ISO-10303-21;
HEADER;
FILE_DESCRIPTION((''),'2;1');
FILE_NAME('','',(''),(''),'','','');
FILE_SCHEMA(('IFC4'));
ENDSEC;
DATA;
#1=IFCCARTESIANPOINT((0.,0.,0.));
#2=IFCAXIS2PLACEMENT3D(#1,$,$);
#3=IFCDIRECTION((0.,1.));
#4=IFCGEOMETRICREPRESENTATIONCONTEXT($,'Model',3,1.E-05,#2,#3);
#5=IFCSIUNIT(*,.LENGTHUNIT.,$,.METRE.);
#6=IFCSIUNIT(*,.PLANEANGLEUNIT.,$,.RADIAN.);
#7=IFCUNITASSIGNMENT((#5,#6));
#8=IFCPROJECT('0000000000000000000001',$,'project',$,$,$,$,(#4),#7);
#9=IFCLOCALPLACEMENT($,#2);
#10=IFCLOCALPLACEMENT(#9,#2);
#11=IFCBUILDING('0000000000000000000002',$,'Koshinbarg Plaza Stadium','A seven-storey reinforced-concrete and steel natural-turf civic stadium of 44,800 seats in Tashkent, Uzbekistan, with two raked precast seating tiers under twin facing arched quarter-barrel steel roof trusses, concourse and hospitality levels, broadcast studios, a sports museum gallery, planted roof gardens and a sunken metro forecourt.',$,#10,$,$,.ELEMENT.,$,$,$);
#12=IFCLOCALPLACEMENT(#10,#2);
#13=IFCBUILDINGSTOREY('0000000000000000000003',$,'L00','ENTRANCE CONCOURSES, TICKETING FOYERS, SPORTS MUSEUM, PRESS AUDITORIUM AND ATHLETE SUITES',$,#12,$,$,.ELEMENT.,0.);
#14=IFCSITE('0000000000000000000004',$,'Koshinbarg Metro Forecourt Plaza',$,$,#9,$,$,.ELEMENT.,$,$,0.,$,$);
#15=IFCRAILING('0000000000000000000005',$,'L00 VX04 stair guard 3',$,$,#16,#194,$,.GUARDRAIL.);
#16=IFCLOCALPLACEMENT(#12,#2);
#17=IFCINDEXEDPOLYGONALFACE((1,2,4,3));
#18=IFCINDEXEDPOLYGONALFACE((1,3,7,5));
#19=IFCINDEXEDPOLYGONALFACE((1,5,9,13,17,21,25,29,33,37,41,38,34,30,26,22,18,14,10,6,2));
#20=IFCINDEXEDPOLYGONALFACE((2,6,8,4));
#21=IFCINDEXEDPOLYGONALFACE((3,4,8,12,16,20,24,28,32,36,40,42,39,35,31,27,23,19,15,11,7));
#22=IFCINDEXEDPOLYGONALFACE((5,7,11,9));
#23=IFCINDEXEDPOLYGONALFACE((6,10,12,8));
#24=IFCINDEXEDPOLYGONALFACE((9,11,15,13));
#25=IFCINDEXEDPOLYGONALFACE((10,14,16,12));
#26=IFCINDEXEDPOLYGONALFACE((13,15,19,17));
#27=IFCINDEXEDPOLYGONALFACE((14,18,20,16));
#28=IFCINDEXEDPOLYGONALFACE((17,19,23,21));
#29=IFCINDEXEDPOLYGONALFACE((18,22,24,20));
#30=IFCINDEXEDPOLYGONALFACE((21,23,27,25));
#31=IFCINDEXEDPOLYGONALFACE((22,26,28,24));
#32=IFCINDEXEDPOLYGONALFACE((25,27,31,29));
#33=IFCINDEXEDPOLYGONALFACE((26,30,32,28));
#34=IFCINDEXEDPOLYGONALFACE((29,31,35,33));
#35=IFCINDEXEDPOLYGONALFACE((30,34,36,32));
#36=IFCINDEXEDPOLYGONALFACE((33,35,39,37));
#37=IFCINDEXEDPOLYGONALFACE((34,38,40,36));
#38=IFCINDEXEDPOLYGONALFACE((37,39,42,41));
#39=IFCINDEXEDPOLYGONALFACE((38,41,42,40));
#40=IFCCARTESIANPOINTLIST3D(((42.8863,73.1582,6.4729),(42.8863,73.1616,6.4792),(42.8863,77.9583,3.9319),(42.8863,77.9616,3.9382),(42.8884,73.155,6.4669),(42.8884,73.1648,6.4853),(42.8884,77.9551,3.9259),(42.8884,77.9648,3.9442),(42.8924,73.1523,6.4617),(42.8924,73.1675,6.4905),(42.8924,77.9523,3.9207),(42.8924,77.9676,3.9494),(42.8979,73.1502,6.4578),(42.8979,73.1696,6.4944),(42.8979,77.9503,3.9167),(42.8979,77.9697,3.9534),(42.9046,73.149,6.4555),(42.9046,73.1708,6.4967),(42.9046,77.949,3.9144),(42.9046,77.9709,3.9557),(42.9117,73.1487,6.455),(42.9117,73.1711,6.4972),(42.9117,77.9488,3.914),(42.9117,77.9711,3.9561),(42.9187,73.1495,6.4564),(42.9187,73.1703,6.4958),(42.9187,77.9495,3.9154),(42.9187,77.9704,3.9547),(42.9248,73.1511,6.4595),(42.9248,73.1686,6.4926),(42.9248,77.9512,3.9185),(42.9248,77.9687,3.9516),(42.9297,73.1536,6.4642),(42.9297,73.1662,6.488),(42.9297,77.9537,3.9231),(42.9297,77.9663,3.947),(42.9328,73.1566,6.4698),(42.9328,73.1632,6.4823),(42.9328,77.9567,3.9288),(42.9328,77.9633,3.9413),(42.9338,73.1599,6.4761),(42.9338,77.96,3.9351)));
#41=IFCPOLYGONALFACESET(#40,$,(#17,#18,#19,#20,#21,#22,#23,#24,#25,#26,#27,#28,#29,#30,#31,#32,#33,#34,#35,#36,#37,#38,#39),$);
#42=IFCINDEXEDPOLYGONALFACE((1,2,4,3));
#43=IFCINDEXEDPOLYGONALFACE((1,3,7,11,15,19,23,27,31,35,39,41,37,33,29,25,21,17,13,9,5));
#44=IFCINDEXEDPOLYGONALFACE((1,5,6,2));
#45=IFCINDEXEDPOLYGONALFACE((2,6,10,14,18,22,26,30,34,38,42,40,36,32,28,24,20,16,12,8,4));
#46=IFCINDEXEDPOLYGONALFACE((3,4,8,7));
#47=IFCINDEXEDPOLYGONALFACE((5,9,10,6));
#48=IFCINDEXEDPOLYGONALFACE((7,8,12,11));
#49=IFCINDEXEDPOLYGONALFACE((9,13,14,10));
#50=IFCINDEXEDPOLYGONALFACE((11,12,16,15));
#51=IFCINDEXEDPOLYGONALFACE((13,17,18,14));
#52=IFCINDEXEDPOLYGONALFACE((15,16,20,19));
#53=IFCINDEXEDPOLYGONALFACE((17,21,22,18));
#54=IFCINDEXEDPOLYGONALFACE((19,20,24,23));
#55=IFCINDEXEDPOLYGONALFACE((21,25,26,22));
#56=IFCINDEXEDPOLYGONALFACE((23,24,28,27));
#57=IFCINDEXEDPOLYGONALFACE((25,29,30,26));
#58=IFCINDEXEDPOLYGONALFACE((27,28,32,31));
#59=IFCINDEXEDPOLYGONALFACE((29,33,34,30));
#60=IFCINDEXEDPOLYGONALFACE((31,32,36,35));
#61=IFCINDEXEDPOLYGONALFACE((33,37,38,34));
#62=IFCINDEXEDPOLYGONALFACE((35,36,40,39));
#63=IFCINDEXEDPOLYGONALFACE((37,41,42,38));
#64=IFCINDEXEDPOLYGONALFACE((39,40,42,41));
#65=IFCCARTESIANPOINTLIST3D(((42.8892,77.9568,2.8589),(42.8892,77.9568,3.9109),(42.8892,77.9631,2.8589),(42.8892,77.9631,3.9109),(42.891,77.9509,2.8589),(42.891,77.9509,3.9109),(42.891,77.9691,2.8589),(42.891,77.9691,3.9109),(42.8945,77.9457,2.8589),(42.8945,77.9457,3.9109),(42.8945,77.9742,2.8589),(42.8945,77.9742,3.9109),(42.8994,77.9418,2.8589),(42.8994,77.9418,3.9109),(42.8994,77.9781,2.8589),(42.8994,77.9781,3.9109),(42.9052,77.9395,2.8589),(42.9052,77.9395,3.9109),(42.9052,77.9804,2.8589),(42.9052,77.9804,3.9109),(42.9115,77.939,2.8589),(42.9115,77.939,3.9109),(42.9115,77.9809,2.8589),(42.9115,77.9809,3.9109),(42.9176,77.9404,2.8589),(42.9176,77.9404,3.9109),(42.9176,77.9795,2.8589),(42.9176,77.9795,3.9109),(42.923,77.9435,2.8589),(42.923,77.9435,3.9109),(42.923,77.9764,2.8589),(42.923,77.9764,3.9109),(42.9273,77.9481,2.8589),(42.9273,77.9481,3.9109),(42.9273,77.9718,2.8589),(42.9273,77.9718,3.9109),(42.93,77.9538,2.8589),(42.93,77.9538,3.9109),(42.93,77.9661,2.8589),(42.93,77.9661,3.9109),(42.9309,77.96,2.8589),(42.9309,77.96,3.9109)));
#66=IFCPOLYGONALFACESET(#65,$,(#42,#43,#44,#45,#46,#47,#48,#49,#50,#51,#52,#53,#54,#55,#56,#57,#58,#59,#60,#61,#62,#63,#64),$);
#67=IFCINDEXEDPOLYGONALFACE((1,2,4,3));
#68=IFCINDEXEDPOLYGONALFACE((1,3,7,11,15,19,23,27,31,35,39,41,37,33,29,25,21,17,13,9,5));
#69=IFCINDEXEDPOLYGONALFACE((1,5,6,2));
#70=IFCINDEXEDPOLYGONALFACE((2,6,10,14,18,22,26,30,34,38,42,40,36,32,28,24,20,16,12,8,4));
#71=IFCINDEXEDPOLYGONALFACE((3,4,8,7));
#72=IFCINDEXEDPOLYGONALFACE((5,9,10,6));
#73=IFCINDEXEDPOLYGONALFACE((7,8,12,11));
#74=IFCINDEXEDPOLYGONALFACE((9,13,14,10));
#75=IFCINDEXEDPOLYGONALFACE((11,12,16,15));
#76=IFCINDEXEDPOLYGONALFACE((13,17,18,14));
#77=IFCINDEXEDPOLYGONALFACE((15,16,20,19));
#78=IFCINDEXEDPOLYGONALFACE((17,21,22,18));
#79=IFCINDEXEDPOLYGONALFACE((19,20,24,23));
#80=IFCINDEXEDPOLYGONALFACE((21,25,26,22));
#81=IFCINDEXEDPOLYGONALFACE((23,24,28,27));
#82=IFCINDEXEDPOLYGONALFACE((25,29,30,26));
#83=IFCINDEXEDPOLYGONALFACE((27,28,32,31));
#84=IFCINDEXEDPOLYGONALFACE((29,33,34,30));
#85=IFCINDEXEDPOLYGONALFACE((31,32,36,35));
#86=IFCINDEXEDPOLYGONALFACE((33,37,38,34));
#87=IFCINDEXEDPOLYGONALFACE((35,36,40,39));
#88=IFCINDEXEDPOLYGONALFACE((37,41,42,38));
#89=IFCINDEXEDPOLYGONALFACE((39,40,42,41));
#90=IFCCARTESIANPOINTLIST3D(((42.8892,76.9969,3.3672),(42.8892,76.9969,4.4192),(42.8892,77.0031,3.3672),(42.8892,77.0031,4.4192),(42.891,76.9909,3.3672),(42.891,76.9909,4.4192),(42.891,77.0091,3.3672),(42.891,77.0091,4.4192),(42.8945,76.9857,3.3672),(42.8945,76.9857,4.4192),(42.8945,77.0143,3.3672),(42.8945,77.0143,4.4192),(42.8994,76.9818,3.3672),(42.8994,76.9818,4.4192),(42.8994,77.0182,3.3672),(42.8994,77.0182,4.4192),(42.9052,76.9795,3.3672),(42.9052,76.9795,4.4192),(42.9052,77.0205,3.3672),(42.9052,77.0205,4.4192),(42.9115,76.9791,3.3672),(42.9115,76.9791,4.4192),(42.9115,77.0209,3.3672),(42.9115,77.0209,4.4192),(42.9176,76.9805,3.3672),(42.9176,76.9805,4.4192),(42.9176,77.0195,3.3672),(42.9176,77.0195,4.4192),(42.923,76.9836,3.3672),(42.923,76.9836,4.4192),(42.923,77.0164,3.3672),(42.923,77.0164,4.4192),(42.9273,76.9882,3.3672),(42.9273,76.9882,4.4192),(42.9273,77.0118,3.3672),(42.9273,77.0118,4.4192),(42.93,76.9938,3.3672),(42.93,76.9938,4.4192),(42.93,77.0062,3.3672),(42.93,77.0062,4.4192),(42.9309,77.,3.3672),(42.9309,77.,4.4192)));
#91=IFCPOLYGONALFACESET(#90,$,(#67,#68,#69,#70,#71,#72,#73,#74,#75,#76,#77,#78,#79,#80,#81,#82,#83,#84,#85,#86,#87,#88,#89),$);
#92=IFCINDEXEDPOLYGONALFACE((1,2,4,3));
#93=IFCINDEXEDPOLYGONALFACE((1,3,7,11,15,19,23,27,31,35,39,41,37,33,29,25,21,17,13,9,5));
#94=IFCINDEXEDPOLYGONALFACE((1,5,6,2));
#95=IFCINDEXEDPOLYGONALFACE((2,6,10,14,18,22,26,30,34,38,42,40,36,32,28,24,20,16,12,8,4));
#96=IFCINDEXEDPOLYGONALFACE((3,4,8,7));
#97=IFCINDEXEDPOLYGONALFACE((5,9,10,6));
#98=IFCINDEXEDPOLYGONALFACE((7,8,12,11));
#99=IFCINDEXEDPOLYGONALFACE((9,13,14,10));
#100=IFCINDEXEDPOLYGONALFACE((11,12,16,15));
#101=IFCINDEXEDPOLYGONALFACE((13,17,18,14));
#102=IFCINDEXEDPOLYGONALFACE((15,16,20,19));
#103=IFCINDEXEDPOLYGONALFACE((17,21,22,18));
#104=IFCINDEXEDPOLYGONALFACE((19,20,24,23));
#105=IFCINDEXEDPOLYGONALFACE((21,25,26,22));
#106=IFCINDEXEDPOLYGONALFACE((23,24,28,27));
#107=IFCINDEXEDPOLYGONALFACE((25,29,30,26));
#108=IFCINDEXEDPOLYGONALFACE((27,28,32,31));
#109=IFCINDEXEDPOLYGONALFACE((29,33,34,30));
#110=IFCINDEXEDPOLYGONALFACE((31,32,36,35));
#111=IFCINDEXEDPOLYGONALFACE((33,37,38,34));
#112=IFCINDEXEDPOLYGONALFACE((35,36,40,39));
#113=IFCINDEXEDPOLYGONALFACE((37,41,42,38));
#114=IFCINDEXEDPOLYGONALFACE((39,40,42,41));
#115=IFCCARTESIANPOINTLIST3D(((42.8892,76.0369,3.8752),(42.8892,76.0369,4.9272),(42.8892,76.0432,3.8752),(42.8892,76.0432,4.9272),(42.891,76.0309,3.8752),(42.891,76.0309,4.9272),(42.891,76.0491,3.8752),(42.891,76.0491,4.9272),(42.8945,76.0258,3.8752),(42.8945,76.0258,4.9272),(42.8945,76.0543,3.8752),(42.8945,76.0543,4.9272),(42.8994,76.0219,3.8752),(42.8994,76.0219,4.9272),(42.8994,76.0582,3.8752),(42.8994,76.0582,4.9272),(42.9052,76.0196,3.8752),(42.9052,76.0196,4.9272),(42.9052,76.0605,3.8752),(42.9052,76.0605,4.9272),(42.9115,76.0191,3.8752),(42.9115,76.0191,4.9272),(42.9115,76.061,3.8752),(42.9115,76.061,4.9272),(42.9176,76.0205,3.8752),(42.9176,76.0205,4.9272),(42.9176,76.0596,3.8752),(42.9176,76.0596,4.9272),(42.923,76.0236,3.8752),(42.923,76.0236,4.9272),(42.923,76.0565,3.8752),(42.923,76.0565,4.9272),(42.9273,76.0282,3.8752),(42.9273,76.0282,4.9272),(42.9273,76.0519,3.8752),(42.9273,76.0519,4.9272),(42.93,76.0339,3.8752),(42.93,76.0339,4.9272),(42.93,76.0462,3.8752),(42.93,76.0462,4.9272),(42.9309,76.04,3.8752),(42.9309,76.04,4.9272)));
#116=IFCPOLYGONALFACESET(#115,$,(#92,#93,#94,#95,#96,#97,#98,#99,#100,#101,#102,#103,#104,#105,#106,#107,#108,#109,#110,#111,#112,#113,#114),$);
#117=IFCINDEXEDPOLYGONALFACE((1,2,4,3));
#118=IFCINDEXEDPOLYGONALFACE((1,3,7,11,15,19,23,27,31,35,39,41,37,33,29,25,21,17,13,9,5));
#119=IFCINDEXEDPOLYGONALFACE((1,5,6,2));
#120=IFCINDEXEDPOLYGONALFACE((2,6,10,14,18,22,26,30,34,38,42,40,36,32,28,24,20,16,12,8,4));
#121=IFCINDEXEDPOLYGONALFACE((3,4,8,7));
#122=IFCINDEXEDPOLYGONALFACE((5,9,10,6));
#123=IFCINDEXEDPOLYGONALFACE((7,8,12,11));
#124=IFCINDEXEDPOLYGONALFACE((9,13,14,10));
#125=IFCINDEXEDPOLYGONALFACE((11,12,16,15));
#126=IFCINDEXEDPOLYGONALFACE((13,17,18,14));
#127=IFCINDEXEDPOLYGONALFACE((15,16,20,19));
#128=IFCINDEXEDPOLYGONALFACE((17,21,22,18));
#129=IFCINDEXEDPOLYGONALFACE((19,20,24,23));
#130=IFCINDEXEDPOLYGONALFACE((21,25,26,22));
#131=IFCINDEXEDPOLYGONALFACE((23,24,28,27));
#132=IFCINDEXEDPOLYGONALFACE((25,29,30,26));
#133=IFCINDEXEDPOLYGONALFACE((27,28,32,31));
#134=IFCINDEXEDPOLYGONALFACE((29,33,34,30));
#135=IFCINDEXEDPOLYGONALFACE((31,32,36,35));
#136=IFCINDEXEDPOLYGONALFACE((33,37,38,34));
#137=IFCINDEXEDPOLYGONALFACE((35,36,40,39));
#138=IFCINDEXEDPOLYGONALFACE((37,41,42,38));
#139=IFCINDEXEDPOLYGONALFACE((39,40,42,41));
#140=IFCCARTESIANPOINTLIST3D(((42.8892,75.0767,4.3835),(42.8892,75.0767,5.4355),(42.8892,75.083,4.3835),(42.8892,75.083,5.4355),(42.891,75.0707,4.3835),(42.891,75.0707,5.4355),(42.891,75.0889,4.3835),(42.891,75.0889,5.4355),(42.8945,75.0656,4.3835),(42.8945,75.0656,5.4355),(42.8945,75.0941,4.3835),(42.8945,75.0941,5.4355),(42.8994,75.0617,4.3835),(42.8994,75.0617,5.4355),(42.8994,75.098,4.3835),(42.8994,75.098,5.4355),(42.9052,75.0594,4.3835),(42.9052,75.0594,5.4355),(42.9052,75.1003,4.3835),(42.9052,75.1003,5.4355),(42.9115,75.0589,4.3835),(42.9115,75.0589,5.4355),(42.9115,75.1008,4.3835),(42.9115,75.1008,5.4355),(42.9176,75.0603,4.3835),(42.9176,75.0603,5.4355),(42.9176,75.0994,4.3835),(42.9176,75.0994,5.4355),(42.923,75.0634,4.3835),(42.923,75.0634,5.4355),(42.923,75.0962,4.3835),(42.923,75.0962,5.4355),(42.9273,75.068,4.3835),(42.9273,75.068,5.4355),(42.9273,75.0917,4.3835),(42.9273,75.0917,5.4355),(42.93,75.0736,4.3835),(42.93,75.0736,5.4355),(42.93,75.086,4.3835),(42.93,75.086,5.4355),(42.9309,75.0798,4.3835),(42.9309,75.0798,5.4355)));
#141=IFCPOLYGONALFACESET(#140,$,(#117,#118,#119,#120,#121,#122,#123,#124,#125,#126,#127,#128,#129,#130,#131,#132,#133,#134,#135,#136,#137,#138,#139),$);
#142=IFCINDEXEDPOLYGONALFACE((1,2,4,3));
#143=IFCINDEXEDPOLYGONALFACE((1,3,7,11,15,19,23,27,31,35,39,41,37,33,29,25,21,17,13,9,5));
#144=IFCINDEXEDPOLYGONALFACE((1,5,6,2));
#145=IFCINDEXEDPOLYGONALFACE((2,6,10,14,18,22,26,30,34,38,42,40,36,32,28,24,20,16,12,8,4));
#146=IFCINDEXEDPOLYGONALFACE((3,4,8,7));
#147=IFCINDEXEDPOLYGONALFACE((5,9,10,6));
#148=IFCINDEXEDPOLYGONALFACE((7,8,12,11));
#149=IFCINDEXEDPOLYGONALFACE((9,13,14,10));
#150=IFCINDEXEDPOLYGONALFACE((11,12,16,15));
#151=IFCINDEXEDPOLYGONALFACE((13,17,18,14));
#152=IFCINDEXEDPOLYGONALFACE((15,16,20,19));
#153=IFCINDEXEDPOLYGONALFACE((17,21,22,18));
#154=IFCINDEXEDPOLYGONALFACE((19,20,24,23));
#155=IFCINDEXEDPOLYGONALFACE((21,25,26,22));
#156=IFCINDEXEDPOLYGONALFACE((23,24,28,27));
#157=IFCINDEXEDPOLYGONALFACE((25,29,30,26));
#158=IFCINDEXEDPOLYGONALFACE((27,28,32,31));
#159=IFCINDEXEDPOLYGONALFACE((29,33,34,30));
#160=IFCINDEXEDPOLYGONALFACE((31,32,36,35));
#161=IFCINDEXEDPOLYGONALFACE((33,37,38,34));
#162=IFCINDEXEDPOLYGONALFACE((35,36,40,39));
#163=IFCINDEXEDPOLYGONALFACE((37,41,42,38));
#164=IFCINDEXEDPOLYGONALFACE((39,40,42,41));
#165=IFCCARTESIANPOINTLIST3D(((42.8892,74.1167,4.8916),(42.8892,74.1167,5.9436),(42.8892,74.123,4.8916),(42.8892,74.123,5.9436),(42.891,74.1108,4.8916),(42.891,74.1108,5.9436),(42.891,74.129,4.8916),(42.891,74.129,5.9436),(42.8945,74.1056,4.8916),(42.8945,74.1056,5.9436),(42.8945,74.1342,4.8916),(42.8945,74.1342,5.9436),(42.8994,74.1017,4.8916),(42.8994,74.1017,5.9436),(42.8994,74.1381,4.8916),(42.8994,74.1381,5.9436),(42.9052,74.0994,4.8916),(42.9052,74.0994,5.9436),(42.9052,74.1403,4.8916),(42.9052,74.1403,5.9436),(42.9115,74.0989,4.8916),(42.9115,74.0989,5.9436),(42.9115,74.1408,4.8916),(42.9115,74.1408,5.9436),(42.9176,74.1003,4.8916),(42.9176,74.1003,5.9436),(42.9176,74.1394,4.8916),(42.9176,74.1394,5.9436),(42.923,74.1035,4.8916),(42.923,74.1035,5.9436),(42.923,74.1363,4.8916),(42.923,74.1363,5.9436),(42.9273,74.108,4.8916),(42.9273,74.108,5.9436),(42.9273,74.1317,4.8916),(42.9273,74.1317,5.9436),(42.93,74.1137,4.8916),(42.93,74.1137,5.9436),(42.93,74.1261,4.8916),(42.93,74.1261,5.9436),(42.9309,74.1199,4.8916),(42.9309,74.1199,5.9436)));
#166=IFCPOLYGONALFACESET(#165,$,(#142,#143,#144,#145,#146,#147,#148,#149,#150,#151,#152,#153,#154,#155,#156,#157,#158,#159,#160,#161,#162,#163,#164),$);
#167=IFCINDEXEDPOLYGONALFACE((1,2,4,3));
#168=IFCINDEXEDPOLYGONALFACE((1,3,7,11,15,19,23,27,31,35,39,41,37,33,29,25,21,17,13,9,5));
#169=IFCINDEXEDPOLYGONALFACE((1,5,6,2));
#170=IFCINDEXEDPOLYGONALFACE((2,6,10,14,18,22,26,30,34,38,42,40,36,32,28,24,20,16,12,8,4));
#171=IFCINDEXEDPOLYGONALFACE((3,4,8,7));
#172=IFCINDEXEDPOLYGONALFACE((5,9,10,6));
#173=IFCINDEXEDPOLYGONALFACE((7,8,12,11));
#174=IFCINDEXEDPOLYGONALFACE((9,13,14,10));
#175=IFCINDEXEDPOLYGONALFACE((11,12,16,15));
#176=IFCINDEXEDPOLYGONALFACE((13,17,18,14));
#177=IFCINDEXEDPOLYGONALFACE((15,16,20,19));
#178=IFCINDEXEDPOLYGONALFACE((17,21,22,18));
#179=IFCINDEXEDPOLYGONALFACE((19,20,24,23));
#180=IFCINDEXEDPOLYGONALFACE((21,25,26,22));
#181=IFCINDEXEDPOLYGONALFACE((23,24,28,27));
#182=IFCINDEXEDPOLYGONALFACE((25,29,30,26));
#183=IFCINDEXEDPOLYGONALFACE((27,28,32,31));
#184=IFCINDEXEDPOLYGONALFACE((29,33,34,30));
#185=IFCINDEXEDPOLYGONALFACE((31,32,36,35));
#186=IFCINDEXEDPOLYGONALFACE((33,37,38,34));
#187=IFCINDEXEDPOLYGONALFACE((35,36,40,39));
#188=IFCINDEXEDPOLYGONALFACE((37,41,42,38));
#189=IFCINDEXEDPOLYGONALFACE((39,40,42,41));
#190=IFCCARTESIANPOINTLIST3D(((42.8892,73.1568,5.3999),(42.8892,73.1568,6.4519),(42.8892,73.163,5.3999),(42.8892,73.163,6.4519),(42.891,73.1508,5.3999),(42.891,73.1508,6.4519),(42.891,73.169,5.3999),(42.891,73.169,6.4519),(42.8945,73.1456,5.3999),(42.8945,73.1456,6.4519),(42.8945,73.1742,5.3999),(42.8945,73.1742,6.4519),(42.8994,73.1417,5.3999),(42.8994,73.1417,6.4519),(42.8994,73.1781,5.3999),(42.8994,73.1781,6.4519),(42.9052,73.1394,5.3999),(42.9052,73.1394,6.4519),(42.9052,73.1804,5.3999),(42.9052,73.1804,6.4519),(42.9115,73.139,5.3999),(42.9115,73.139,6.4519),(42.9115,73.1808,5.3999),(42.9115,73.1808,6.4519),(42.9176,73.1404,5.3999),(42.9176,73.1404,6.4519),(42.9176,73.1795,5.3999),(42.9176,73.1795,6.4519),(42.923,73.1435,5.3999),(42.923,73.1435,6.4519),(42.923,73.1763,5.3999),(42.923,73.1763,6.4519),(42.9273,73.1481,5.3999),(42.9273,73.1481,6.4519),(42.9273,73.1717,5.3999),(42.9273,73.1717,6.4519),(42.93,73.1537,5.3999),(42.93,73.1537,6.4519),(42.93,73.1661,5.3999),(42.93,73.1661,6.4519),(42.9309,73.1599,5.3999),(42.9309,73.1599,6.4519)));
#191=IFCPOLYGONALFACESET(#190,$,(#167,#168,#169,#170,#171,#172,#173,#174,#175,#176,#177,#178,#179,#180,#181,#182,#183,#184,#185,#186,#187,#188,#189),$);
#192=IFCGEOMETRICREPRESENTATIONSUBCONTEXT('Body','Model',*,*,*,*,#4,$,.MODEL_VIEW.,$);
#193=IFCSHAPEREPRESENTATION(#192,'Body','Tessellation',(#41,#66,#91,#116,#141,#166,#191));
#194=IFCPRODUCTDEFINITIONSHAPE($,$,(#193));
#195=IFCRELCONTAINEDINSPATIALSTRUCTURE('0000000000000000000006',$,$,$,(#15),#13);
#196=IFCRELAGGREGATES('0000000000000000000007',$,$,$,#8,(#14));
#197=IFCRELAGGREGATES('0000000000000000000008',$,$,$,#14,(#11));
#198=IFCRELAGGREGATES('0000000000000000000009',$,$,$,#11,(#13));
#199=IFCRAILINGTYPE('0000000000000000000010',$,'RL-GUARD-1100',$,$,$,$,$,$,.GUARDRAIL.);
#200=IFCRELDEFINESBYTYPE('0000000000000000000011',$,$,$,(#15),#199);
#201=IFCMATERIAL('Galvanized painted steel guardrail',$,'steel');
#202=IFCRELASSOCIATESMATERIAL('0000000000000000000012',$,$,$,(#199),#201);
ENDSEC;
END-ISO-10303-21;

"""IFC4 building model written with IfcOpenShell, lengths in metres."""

from ifc_helpers import new_model, si_unit, direction, frame, origin, origin_2d, place, context, subcontext, project, spatial, circle, extrude, material, type_object, element, save


model = new_model("IFC4")

# Units and contexts
model_context = context("Model", 3, precision=1e-05, world=origin(), true_north=direction((0.0, 1.0)))
body_context = subcontext(model_context, "Body", "Model", "MODEL_VIEW")
ifc_project = project(units=[si_unit("LENGTHUNIT", "METRE"), si_unit("PLANEANGLEUNIT", "RADIAN")], contexts=[model_context])

# Site, building, storey
site_placement = place(None, origin())
site = spatial("IfcSite", under=ifc_project, at=site_placement, Name="Koshinbarg Metro Forecourt Plaza", CompositionType="ELEMENT", RefElevation=0.0)
building_placement = place(site_placement, origin())
building = spatial("IfcBuilding", under=site, at=building_placement, Name="Koshinbarg Plaza Stadium", Description="A seven-storey reinforced-concrete and steel natural-turf civic stadium of 44,800 seats in Tashkent, Uzbekistan, with two raked precast seating tiers under twin facing arched quarter-barrel steel roof trusses, concourse and hospitality levels, broadcast studios, a sports museum gallery, planted roof gardens and a sunken metro forecourt.", CompositionType="ELEMENT")
storey_placement = place(building_placement, origin())
storey = spatial("IfcBuildingStorey", under=building, at=storey_placement, Name="L00", Description="ENTRANCE CONCOURSES, TICKETING FOYERS, SPORTS MUSEUM, PRESS AUDITORIUM AND ATHLETE SUITES", CompositionType="ELEMENT", Elevation=0.0)

# Railing
ifc_material_1 = material(Name="Galvanized painted steel guardrail", Category="steel")
railing_type_1 = type_object("IfcRailingType", Name="RL-GUARD-1100", PredefinedType="GUARDRAIL", material=ifc_material_1)
railing_1_placement = place(storey_placement, frame((42.9099, 77.96, 2.8589)))
element("IfcRailing", 1, at=railing_1_placement, inside=storey, type_object=railing_type_1, Name="L00 VX04 stair guard 3", PredefinedType="GUARDRAIL", context=body_context, shape_type="SweptSolid", body=[
    extrude(circle(Radius=0.0239, at=origin_2d()), frame((0.0, 0.0, 1.0762), z_axis=(0.0, -0.883802, 0.467861), x_axis=(1.0, 0.0, 0.0)), (0.0, 0.0, 1.0), 5.4312),
    extrude(circle(Radius=0.021, at=origin_2d()), origin(), (0.0, 0.0, 1.0), 1.052),
    extrude(circle(Radius=0.021, at=origin_2d()), frame((0.0, -0.96, 0.5083)), (0.0, 0.0, 1.0), 1.052),
    extrude(circle(Radius=0.021, at=origin_2d()), frame((0.0, -1.9199, 1.0164)), (0.0, 0.0, 1.0), 1.052),
    extrude(circle(Radius=0.021, at=origin_2d()), frame((0.0, -2.8801, 1.5247)), (0.0, 0.0, 1.0), 1.052),
    extrude(circle(Radius=0.021, at=origin_2d()), frame((0.0, -3.8401, 2.0327)), (0.0, 0.0, 1.0), 1.052),
    extrude(circle(Radius=0.021, at=origin_2d()), frame((0.0, -4.8, 2.541)), (0.0, 0.0, 1.0), 1.052),
])

save(model, "model.ifc")
